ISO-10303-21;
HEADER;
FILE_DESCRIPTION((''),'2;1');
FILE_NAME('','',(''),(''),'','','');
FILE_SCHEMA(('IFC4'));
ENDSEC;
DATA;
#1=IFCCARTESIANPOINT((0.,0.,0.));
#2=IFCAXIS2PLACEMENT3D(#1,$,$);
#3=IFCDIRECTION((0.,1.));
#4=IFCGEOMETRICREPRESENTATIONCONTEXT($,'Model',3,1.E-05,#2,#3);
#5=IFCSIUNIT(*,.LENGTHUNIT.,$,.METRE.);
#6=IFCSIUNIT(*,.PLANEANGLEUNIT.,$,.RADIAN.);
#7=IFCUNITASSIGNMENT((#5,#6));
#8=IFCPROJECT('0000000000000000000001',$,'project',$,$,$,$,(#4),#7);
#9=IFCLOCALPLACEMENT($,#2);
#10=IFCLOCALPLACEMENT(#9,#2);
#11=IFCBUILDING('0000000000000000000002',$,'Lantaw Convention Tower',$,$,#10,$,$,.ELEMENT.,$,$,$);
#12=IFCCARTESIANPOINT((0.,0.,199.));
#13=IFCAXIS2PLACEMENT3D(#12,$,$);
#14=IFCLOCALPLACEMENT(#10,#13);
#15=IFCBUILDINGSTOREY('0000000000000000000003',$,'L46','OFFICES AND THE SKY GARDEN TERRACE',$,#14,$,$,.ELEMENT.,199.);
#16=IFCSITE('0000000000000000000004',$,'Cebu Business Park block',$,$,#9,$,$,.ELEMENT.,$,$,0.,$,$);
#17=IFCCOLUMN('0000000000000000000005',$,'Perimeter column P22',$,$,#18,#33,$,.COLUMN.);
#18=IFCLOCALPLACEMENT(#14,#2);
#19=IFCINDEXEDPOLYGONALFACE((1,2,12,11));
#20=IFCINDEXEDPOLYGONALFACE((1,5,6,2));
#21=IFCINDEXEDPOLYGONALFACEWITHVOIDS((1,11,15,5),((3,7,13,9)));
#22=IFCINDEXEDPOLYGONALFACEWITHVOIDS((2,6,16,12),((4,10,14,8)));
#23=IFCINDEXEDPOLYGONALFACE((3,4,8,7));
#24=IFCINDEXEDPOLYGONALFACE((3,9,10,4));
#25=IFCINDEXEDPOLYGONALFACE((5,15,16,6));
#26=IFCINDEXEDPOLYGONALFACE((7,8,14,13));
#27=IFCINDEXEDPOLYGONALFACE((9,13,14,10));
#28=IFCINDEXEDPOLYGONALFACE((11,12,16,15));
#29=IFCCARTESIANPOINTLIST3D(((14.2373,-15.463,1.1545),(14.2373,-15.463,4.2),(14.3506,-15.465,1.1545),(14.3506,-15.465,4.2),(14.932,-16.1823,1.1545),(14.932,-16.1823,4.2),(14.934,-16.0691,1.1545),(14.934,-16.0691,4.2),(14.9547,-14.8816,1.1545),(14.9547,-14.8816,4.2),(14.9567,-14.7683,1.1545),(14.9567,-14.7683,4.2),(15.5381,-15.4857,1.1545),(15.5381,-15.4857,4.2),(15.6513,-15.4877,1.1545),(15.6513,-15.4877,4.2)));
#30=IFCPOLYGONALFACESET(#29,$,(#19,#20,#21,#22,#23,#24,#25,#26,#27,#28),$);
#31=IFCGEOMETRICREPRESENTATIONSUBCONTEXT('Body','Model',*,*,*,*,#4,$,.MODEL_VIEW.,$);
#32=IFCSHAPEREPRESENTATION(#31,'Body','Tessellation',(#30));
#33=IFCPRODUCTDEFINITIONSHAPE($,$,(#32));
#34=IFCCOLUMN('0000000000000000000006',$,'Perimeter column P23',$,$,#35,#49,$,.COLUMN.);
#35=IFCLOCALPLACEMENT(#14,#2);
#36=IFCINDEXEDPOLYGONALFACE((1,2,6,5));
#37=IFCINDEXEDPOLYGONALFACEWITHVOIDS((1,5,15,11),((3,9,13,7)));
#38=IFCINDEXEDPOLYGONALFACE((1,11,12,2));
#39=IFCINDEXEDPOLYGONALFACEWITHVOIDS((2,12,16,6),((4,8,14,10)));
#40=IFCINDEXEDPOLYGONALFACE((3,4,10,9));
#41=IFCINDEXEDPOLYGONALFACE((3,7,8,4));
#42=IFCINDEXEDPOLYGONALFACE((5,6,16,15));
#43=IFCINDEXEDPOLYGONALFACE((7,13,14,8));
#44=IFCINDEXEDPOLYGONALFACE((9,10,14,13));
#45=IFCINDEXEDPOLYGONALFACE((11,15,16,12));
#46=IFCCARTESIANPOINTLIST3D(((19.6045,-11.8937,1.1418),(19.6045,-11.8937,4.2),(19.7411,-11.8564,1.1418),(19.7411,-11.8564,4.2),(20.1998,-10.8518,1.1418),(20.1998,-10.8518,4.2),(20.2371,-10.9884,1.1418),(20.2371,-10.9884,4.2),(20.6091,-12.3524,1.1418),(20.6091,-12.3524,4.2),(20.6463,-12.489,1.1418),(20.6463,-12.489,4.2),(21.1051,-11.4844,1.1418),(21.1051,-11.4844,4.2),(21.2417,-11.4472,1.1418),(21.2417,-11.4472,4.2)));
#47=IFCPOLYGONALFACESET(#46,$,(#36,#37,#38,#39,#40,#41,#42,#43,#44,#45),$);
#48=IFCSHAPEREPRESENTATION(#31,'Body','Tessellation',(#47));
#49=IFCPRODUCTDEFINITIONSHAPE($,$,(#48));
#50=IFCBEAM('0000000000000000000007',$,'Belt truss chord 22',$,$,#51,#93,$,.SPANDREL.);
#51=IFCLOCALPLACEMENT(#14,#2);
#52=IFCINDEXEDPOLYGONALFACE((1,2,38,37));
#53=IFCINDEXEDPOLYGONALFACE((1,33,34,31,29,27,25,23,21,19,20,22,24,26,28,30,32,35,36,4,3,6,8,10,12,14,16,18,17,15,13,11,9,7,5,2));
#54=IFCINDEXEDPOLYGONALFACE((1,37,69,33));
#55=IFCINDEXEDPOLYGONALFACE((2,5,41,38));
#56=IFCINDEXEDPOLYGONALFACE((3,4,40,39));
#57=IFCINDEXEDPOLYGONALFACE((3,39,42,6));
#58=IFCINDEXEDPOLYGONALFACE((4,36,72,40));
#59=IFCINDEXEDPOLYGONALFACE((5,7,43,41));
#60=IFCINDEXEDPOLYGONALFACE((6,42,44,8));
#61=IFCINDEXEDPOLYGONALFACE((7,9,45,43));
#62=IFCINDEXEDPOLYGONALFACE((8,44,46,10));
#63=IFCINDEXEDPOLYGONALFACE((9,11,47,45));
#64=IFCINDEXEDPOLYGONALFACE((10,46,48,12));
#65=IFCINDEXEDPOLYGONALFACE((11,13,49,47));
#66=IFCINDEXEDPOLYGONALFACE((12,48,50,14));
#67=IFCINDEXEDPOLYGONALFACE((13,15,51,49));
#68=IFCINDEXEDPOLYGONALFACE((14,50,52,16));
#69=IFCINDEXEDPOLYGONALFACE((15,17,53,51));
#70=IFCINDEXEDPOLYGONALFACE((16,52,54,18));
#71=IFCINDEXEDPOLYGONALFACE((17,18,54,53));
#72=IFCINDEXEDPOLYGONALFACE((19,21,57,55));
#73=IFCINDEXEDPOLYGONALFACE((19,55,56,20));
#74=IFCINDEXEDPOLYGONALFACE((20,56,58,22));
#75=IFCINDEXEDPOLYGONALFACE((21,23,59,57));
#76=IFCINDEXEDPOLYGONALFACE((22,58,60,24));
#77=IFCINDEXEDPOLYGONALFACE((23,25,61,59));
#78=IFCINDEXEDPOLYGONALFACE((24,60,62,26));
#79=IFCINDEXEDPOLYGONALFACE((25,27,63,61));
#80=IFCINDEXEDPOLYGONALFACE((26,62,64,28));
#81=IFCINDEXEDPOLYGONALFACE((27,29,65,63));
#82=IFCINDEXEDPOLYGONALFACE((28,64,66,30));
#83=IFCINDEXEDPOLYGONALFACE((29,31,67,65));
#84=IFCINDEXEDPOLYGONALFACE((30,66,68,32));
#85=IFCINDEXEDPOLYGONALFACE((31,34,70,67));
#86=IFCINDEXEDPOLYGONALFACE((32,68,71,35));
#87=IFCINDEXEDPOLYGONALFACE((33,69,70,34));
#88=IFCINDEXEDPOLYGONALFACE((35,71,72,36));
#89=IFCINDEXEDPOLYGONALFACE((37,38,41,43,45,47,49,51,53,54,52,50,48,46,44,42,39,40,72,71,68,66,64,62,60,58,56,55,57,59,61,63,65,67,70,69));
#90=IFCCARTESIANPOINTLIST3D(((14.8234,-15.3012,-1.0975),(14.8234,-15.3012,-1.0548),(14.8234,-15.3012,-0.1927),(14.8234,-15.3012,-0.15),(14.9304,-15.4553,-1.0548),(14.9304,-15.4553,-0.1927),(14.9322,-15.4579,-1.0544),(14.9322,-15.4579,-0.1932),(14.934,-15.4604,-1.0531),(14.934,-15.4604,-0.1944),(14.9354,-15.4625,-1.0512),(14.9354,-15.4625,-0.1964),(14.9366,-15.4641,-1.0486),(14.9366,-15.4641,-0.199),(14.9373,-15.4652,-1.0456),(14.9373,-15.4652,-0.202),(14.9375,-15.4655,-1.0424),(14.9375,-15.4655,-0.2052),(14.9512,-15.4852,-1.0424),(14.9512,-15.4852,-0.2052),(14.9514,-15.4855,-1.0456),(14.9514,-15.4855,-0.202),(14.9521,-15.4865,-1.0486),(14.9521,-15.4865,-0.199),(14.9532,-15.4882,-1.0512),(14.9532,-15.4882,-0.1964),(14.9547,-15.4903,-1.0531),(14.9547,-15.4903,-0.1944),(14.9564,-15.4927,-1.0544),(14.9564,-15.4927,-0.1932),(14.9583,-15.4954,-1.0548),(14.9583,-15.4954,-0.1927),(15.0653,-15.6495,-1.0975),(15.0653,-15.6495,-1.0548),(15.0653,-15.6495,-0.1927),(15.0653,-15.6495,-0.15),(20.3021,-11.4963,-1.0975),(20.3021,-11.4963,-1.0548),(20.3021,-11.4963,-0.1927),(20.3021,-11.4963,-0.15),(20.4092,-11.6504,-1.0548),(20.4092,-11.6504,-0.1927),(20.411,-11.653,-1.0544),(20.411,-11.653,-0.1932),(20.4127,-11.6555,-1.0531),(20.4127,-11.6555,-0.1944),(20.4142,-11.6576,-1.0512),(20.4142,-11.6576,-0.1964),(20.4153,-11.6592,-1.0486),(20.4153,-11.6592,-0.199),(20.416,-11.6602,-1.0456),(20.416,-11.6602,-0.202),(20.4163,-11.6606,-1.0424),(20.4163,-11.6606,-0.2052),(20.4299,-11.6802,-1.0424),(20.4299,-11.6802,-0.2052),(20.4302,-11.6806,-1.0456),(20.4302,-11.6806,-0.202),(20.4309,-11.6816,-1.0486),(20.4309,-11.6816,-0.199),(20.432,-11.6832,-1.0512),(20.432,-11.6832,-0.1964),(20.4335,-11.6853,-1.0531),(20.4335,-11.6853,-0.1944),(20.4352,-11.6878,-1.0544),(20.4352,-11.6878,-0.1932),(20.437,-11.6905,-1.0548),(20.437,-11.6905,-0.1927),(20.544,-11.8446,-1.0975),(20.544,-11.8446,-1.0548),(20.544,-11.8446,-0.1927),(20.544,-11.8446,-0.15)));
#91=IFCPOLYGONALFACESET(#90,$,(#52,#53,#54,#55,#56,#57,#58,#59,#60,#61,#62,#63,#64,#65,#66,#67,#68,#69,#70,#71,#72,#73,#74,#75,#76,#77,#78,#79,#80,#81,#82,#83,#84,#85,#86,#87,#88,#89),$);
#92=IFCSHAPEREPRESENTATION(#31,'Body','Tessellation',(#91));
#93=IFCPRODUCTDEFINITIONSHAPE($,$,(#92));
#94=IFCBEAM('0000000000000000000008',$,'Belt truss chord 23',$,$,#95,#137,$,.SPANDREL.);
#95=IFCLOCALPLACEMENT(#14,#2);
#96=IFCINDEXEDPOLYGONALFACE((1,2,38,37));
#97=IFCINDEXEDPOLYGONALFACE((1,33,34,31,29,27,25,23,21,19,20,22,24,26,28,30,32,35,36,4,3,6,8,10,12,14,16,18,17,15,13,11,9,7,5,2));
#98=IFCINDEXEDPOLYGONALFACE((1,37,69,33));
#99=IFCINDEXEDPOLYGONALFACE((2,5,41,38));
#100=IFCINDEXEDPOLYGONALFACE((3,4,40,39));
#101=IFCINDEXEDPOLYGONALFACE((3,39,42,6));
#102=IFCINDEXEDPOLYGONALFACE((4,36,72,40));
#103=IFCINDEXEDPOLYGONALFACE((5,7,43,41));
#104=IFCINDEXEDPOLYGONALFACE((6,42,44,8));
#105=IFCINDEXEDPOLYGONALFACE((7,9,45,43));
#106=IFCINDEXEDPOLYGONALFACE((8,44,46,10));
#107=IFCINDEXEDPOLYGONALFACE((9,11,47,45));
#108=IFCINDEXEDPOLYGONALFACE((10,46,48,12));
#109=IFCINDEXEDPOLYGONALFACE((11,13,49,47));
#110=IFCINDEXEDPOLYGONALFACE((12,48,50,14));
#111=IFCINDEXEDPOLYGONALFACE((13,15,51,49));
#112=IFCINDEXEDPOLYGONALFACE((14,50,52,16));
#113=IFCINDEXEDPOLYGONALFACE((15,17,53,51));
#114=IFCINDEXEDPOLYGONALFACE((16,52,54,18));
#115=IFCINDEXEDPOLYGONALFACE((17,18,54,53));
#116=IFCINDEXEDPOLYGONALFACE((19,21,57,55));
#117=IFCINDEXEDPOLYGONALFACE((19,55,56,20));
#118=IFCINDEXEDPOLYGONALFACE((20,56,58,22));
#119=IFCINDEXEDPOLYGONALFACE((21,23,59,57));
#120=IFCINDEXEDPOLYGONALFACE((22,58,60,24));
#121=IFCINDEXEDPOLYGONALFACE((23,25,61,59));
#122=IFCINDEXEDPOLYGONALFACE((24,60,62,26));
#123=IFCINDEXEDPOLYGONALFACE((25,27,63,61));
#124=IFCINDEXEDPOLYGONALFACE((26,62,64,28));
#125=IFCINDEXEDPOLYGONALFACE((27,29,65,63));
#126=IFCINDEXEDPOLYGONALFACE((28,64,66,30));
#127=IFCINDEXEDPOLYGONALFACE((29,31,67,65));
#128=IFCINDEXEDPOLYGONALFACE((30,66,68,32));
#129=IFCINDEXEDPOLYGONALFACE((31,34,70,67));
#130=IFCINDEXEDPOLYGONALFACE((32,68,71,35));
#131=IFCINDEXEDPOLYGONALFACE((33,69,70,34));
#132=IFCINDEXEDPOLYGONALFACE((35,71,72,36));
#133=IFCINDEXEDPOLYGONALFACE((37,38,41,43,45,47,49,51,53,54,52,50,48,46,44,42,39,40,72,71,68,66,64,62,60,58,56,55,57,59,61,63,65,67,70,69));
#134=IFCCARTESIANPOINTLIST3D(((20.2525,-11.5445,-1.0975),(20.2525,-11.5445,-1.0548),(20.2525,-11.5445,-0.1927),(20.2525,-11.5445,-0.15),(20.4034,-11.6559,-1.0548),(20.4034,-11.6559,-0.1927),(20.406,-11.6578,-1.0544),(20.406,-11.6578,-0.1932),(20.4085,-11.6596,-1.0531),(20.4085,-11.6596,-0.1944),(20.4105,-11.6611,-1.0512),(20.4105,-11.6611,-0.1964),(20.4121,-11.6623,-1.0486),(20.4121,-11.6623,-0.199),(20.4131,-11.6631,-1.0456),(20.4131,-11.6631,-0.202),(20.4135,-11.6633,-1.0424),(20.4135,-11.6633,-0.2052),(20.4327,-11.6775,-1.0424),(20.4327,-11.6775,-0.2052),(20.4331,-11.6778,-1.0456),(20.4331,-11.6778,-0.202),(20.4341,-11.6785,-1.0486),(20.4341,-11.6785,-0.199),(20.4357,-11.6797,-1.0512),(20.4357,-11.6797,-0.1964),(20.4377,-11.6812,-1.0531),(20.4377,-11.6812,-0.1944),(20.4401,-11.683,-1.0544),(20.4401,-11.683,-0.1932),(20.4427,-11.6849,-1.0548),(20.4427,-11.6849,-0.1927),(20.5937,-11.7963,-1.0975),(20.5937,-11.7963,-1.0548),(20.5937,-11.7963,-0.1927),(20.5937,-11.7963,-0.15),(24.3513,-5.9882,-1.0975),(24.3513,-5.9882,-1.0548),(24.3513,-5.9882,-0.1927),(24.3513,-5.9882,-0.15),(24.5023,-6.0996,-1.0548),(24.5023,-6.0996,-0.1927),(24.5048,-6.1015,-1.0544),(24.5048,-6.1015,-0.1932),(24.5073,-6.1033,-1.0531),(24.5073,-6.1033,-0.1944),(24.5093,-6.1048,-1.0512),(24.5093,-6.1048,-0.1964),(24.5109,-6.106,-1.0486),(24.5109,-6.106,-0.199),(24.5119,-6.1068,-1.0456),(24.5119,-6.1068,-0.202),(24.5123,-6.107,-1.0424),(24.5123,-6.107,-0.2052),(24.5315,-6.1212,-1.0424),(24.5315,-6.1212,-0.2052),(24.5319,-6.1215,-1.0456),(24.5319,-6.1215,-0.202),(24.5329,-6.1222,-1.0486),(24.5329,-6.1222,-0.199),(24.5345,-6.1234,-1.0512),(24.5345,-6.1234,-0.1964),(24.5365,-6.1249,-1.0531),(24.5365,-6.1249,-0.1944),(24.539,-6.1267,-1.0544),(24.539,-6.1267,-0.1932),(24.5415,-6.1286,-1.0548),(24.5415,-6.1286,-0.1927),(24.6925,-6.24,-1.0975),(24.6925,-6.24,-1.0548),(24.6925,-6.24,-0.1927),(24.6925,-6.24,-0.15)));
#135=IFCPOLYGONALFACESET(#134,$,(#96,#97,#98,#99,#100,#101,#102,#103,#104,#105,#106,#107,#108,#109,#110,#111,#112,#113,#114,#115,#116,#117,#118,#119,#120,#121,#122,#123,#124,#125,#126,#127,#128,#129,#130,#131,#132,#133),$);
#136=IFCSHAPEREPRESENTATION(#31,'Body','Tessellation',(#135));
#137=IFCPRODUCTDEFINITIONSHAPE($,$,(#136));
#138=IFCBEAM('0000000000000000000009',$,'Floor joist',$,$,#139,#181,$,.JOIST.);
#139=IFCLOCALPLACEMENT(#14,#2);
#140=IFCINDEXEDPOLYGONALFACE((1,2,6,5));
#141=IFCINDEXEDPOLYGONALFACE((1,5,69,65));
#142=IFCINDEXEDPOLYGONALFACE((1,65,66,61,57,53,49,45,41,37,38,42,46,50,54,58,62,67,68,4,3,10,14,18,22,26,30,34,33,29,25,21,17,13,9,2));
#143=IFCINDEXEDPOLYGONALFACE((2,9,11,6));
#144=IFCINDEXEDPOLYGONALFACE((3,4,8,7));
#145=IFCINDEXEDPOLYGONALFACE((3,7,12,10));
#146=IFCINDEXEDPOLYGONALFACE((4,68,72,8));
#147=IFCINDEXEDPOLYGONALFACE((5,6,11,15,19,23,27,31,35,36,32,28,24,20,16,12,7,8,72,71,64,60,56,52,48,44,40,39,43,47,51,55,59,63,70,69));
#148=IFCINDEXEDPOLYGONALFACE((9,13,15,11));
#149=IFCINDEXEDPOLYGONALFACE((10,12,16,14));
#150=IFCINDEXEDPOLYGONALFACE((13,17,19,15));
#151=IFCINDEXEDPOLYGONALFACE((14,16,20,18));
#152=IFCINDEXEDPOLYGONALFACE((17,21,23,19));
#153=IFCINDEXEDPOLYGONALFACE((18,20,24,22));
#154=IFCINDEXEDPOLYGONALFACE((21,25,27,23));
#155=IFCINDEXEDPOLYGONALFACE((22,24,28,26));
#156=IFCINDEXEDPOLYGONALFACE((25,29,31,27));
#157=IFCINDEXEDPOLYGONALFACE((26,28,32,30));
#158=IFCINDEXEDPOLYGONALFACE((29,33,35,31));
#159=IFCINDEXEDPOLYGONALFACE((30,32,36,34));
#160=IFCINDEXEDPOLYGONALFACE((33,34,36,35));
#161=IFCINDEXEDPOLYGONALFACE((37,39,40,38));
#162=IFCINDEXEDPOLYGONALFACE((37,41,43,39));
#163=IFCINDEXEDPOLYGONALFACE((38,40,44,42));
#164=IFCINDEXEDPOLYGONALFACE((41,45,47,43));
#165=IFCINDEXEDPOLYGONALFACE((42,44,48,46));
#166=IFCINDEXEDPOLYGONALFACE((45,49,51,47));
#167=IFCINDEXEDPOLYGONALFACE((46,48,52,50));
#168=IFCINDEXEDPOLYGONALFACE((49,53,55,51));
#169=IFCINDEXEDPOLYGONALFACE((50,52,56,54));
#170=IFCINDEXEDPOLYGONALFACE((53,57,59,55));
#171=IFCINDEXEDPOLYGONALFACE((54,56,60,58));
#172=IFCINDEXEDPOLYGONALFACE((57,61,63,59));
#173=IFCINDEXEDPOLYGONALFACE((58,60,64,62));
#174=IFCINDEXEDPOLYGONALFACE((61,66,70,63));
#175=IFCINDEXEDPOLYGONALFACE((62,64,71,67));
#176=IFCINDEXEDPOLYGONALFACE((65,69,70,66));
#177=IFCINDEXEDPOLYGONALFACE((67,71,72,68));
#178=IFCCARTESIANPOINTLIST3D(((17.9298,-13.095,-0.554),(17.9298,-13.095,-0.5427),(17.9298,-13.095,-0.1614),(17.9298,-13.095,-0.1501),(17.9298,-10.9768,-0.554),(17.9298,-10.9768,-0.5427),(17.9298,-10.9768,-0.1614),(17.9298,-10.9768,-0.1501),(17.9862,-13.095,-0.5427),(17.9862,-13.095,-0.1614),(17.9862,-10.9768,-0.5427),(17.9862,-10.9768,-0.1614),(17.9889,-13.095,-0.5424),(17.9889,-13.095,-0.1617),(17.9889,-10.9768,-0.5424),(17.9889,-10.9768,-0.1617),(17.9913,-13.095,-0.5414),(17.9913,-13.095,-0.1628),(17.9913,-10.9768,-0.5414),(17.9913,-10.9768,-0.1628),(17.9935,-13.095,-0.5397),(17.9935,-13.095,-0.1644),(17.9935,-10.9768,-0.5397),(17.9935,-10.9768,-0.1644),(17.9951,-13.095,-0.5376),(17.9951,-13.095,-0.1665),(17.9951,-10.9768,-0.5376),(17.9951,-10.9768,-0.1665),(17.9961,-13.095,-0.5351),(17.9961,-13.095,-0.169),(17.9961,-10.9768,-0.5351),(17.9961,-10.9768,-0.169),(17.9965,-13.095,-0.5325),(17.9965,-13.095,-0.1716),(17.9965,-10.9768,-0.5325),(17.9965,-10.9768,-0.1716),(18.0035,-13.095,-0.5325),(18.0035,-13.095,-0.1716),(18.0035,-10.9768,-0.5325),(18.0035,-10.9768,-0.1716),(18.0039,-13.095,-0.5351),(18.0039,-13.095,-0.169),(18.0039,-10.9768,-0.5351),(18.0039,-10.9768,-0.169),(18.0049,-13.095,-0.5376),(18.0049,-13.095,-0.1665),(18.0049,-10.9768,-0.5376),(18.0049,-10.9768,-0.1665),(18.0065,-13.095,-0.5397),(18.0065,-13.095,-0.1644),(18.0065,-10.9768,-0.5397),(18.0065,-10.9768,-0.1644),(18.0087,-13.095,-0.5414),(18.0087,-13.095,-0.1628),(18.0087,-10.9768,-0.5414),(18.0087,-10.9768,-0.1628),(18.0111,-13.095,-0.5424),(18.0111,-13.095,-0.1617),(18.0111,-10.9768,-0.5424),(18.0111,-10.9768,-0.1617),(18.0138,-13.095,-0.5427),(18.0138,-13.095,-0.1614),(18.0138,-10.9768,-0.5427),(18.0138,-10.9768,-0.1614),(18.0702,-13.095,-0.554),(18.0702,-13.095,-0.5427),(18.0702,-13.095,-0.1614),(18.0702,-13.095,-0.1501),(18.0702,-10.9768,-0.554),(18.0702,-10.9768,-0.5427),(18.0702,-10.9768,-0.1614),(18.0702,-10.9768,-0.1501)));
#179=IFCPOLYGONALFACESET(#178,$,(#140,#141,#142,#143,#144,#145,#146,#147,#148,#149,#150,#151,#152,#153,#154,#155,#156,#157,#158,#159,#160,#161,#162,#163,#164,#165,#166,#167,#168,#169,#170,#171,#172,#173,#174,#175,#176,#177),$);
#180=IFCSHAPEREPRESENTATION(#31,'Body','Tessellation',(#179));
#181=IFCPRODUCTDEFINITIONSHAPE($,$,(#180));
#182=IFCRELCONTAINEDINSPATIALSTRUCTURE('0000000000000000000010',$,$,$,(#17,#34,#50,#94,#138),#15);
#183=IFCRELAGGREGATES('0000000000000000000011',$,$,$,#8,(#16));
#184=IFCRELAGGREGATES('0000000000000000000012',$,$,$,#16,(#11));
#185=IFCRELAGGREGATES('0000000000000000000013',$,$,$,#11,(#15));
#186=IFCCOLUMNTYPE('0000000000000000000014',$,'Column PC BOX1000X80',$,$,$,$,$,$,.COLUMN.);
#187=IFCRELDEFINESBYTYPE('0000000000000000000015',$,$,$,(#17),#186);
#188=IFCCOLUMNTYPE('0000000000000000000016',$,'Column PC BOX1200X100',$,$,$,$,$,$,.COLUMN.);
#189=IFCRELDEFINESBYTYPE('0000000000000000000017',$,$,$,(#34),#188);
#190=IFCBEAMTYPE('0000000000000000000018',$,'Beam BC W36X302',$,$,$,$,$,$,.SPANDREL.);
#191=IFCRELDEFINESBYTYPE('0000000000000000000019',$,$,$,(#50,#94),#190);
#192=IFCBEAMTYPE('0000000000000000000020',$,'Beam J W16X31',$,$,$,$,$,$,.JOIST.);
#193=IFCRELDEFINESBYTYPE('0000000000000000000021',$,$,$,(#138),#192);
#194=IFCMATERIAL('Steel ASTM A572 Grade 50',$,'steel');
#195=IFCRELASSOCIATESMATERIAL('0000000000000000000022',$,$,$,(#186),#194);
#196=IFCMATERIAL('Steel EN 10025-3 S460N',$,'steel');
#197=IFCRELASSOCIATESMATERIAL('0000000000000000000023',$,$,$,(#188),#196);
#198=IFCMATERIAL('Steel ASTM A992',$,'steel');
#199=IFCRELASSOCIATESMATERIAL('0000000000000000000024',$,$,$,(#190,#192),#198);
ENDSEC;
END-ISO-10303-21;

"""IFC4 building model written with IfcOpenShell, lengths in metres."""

from ifc_helpers import new_model, si_unit, direction, frame, origin, origin_2d, place, context, subcontext, project, spatial, rectangle, hollow_rectangle, i_section, extrude, material, material_profile, profile_set, type_object, element, save


model = new_model("IFC4")

# Units and contexts
model_context = context("Model", 3, precision=1e-05, world=origin(), true_north=direction((0.0, 1.0)))
body_context = subcontext(model_context, "Body", "Model", "MODEL_VIEW")
ifc_project = project(units=[si_unit("LENGTHUNIT", "METRE"), si_unit("PLANEANGLEUNIT", "RADIAN")], contexts=[model_context])

# Site, building, storey
site_placement = place(None, origin())
site = spatial("IfcSite", under=ifc_project, at=site_placement, Name="Cebu Business Park block", CompositionType="ELEMENT", RefElevation=0.0)
building_placement = place(site_placement, origin())
building = spatial("IfcBuilding", under=site, at=building_placement, Name="Lantaw Convention Tower", CompositionType="ELEMENT")
storey_placement = place(building_placement, frame((0.0, 0.0, 199.0)))
storey = spatial("IfcBuildingStorey", under=building, at=storey_placement, Name="L46", Description="OFFICES AND THE SKY GARDEN TERRACE", CompositionType="ELEMENT", Elevation=199.0)

# Columns
ifc_material_1 = material(Name="Steel ASTM A572 Grade 50", Category="steel")
ifc_material_profile_1 = material_profile(ifc_material_1, hollow_rectangle(XDim=1.0, YDim=1.0, WallThickness=0.0801, at=origin_2d()), Name="BOX1000X80")
ifc_material_2 = material(Name="Concrete C60/75", Category="concrete")
ifc_material_profile_2 = material_profile(ifc_material_2, rectangle(XDim=0.8401, YDim=0.8401, at=origin_2d()), Name="Concrete fill of BOX1000X80")
ifc_profile_set_1 = profile_set([ifc_material_profile_1, ifc_material_profile_2], Name="Steel ASTM A572 Grade 50")
column_type_1 = type_object("IfcColumnType", Name="Column PC BOX1000X80", PredefinedType="COLUMN", material=ifc_profile_set_1)
column_1_placement = place(storey_placement, frame((14.9443, -15.4753, 1.1545), z_axis=(0.0, 0.0, 1.0), x_axis=(0.71934, 0.694658, 0.0)))
element("IfcColumn", 1, at=column_1_placement, inside=storey, type_object=column_type_1, Name="Perimeter column P22", PredefinedType="COLUMN", context=body_context, shape_type="SweptSolid", body=[
    extrude(hollow_rectangle(XDim=1.0, YDim=1.0, WallThickness=0.0801, at=origin_2d()), origin(), (0.0, 0.0, 1.0), 3.0454),
])
ifc_material_3 = material(Name="Steel EN 10025-3 S460N", Category="steel")
ifc_material_profile_3 = material_profile(ifc_material_3, hollow_rectangle(XDim=1.2, YDim=1.2, WallThickness=0.1001, at=origin_2d()), Name="BOX1200X100")
ifc_material_profile_4 = material_profile(ifc_material_2, rectangle(XDim=1.0, YDim=1.0, at=origin_2d()), Name="Concrete fill of BOX1200X100")
ifc_profile_set_2 = profile_set([ifc_material_profile_3, ifc_material_profile_4], Name="Steel EN 10025-3 S460N")
column_type_2 = type_object("IfcColumnType", Name="Column PC BOX1200X100", PredefinedType="COLUMN", material=ifc_profile_set_2)
column_2_placement = place(storey_placement, frame((20.4231, -11.6704, 1.1418), z_axis=(0.0, 0.0, 1.0), x_axis=(0.496139, 0.868243, 0.0)))
element("IfcColumn", 2, at=column_2_placement, inside=storey, type_object=column_type_2, Name="Perimeter column P23", PredefinedType="COLUMN", context=body_context, shape_type="SweptSolid", body=[
    extrude(hollow_rectangle(XDim=1.2, YDim=1.2, WallThickness=0.1001, at=origin_2d()), origin(), (0.0, 0.0, 1.0), 3.0581),
])

# Beams
ifc_material_4 = material(Name="Steel ASTM A992", Category="steel")
ifc_material_profile_5 = material_profile(ifc_material_4, i_section(OverallWidth=0.4241, OverallDepth=0.9475, WebThickness=0.0239, FlangeThickness=0.0427, FilletRadius=0.0125, at=origin_2d()), Name="W36X302")
ifc_profile_set_3 = profile_set([ifc_material_profile_5], Name="Steel ASTM A992")
beam_type_1 = type_object("IfcBeamType", Name="Beam BC W36X302", PredefinedType="SPANDREL", material=ifc_profile_set_3)
beam_1_placement = place(storey_placement, frame((14.9443, -15.4753, -0.6238), z_axis=(0.821353, 0.57042, 0.0), x_axis=(-0.57042, 0.821353, 0.0)))
element("IfcBeam", 3, at=beam_1_placement, inside=storey, type_object=beam_type_1, Name="Belt truss chord 22", PredefinedType="SPANDREL", context=body_context, shape_type="SweptSolid", body=[
    extrude(i_section(OverallWidth=0.4241, OverallDepth=0.9475, WebThickness=0.0239, FlangeThickness=0.0427, FilletRadius=0.0125, at=origin_2d()), origin(), (0.0, 0.0, 1.0), 6.6704),
])
beam_2_placement = place(storey_placement, frame((20.4231, -11.6704, -0.6238), z_axis=(0.593639, 0.804731, 0.0), x_axis=(-0.804731, 0.593639, 0.0)))
element("IfcBeam", 4, at=beam_2_placement, inside=storey, type_object=beam_type_1, Name="Belt truss chord 23", PredefinedType="SPANDREL", context=body_context, shape_type="SweptSolid", body=[
    extrude(i_section(OverallWidth=0.4241, OverallDepth=0.9475, WebThickness=0.0239, FlangeThickness=0.0427, FilletRadius=0.0125, at=origin_2d()), origin(), (0.0, 0.0, 1.0), 6.9045),
])
ifc_material_profile_6 = material_profile(ifc_material_4, i_section(OverallWidth=0.1404, OverallDepth=0.4038, WebThickness=0.0071, FlangeThickness=0.0112, FilletRadius=0.0103, at=origin_2d()), Name="W16X31")
ifc_profile_set_4 = profile_set([ifc_material_profile_6], Name="Steel ASTM A992")
beam_type_2 = type_object("IfcBeamType", Name="Beam J W16X31", PredefinedType="JOIST", material=ifc_profile_set_4)
beam_3_placement = place(storey_placement, frame((18.0, -13.095, -0.3521), z_axis=(0.0, 1.0, 0.0), x_axis=(-1.0, 0.0, 0.0)))
element("IfcBeam", 5, at=beam_3_placement, inside=storey, type_object=beam_type_2, Name="Floor joist", PredefinedType="JOIST", context=body_context, shape_type="SweptSolid", body=[
    extrude(i_section(OverallWidth=0.1404, OverallDepth=0.4038, WebThickness=0.0071, FlangeThickness=0.0112, FilletRadius=0.0103, at=origin_2d()), origin(), (0.0, 0.0, 1.0), 2.1182),
])

save(model, "model.ifc")
